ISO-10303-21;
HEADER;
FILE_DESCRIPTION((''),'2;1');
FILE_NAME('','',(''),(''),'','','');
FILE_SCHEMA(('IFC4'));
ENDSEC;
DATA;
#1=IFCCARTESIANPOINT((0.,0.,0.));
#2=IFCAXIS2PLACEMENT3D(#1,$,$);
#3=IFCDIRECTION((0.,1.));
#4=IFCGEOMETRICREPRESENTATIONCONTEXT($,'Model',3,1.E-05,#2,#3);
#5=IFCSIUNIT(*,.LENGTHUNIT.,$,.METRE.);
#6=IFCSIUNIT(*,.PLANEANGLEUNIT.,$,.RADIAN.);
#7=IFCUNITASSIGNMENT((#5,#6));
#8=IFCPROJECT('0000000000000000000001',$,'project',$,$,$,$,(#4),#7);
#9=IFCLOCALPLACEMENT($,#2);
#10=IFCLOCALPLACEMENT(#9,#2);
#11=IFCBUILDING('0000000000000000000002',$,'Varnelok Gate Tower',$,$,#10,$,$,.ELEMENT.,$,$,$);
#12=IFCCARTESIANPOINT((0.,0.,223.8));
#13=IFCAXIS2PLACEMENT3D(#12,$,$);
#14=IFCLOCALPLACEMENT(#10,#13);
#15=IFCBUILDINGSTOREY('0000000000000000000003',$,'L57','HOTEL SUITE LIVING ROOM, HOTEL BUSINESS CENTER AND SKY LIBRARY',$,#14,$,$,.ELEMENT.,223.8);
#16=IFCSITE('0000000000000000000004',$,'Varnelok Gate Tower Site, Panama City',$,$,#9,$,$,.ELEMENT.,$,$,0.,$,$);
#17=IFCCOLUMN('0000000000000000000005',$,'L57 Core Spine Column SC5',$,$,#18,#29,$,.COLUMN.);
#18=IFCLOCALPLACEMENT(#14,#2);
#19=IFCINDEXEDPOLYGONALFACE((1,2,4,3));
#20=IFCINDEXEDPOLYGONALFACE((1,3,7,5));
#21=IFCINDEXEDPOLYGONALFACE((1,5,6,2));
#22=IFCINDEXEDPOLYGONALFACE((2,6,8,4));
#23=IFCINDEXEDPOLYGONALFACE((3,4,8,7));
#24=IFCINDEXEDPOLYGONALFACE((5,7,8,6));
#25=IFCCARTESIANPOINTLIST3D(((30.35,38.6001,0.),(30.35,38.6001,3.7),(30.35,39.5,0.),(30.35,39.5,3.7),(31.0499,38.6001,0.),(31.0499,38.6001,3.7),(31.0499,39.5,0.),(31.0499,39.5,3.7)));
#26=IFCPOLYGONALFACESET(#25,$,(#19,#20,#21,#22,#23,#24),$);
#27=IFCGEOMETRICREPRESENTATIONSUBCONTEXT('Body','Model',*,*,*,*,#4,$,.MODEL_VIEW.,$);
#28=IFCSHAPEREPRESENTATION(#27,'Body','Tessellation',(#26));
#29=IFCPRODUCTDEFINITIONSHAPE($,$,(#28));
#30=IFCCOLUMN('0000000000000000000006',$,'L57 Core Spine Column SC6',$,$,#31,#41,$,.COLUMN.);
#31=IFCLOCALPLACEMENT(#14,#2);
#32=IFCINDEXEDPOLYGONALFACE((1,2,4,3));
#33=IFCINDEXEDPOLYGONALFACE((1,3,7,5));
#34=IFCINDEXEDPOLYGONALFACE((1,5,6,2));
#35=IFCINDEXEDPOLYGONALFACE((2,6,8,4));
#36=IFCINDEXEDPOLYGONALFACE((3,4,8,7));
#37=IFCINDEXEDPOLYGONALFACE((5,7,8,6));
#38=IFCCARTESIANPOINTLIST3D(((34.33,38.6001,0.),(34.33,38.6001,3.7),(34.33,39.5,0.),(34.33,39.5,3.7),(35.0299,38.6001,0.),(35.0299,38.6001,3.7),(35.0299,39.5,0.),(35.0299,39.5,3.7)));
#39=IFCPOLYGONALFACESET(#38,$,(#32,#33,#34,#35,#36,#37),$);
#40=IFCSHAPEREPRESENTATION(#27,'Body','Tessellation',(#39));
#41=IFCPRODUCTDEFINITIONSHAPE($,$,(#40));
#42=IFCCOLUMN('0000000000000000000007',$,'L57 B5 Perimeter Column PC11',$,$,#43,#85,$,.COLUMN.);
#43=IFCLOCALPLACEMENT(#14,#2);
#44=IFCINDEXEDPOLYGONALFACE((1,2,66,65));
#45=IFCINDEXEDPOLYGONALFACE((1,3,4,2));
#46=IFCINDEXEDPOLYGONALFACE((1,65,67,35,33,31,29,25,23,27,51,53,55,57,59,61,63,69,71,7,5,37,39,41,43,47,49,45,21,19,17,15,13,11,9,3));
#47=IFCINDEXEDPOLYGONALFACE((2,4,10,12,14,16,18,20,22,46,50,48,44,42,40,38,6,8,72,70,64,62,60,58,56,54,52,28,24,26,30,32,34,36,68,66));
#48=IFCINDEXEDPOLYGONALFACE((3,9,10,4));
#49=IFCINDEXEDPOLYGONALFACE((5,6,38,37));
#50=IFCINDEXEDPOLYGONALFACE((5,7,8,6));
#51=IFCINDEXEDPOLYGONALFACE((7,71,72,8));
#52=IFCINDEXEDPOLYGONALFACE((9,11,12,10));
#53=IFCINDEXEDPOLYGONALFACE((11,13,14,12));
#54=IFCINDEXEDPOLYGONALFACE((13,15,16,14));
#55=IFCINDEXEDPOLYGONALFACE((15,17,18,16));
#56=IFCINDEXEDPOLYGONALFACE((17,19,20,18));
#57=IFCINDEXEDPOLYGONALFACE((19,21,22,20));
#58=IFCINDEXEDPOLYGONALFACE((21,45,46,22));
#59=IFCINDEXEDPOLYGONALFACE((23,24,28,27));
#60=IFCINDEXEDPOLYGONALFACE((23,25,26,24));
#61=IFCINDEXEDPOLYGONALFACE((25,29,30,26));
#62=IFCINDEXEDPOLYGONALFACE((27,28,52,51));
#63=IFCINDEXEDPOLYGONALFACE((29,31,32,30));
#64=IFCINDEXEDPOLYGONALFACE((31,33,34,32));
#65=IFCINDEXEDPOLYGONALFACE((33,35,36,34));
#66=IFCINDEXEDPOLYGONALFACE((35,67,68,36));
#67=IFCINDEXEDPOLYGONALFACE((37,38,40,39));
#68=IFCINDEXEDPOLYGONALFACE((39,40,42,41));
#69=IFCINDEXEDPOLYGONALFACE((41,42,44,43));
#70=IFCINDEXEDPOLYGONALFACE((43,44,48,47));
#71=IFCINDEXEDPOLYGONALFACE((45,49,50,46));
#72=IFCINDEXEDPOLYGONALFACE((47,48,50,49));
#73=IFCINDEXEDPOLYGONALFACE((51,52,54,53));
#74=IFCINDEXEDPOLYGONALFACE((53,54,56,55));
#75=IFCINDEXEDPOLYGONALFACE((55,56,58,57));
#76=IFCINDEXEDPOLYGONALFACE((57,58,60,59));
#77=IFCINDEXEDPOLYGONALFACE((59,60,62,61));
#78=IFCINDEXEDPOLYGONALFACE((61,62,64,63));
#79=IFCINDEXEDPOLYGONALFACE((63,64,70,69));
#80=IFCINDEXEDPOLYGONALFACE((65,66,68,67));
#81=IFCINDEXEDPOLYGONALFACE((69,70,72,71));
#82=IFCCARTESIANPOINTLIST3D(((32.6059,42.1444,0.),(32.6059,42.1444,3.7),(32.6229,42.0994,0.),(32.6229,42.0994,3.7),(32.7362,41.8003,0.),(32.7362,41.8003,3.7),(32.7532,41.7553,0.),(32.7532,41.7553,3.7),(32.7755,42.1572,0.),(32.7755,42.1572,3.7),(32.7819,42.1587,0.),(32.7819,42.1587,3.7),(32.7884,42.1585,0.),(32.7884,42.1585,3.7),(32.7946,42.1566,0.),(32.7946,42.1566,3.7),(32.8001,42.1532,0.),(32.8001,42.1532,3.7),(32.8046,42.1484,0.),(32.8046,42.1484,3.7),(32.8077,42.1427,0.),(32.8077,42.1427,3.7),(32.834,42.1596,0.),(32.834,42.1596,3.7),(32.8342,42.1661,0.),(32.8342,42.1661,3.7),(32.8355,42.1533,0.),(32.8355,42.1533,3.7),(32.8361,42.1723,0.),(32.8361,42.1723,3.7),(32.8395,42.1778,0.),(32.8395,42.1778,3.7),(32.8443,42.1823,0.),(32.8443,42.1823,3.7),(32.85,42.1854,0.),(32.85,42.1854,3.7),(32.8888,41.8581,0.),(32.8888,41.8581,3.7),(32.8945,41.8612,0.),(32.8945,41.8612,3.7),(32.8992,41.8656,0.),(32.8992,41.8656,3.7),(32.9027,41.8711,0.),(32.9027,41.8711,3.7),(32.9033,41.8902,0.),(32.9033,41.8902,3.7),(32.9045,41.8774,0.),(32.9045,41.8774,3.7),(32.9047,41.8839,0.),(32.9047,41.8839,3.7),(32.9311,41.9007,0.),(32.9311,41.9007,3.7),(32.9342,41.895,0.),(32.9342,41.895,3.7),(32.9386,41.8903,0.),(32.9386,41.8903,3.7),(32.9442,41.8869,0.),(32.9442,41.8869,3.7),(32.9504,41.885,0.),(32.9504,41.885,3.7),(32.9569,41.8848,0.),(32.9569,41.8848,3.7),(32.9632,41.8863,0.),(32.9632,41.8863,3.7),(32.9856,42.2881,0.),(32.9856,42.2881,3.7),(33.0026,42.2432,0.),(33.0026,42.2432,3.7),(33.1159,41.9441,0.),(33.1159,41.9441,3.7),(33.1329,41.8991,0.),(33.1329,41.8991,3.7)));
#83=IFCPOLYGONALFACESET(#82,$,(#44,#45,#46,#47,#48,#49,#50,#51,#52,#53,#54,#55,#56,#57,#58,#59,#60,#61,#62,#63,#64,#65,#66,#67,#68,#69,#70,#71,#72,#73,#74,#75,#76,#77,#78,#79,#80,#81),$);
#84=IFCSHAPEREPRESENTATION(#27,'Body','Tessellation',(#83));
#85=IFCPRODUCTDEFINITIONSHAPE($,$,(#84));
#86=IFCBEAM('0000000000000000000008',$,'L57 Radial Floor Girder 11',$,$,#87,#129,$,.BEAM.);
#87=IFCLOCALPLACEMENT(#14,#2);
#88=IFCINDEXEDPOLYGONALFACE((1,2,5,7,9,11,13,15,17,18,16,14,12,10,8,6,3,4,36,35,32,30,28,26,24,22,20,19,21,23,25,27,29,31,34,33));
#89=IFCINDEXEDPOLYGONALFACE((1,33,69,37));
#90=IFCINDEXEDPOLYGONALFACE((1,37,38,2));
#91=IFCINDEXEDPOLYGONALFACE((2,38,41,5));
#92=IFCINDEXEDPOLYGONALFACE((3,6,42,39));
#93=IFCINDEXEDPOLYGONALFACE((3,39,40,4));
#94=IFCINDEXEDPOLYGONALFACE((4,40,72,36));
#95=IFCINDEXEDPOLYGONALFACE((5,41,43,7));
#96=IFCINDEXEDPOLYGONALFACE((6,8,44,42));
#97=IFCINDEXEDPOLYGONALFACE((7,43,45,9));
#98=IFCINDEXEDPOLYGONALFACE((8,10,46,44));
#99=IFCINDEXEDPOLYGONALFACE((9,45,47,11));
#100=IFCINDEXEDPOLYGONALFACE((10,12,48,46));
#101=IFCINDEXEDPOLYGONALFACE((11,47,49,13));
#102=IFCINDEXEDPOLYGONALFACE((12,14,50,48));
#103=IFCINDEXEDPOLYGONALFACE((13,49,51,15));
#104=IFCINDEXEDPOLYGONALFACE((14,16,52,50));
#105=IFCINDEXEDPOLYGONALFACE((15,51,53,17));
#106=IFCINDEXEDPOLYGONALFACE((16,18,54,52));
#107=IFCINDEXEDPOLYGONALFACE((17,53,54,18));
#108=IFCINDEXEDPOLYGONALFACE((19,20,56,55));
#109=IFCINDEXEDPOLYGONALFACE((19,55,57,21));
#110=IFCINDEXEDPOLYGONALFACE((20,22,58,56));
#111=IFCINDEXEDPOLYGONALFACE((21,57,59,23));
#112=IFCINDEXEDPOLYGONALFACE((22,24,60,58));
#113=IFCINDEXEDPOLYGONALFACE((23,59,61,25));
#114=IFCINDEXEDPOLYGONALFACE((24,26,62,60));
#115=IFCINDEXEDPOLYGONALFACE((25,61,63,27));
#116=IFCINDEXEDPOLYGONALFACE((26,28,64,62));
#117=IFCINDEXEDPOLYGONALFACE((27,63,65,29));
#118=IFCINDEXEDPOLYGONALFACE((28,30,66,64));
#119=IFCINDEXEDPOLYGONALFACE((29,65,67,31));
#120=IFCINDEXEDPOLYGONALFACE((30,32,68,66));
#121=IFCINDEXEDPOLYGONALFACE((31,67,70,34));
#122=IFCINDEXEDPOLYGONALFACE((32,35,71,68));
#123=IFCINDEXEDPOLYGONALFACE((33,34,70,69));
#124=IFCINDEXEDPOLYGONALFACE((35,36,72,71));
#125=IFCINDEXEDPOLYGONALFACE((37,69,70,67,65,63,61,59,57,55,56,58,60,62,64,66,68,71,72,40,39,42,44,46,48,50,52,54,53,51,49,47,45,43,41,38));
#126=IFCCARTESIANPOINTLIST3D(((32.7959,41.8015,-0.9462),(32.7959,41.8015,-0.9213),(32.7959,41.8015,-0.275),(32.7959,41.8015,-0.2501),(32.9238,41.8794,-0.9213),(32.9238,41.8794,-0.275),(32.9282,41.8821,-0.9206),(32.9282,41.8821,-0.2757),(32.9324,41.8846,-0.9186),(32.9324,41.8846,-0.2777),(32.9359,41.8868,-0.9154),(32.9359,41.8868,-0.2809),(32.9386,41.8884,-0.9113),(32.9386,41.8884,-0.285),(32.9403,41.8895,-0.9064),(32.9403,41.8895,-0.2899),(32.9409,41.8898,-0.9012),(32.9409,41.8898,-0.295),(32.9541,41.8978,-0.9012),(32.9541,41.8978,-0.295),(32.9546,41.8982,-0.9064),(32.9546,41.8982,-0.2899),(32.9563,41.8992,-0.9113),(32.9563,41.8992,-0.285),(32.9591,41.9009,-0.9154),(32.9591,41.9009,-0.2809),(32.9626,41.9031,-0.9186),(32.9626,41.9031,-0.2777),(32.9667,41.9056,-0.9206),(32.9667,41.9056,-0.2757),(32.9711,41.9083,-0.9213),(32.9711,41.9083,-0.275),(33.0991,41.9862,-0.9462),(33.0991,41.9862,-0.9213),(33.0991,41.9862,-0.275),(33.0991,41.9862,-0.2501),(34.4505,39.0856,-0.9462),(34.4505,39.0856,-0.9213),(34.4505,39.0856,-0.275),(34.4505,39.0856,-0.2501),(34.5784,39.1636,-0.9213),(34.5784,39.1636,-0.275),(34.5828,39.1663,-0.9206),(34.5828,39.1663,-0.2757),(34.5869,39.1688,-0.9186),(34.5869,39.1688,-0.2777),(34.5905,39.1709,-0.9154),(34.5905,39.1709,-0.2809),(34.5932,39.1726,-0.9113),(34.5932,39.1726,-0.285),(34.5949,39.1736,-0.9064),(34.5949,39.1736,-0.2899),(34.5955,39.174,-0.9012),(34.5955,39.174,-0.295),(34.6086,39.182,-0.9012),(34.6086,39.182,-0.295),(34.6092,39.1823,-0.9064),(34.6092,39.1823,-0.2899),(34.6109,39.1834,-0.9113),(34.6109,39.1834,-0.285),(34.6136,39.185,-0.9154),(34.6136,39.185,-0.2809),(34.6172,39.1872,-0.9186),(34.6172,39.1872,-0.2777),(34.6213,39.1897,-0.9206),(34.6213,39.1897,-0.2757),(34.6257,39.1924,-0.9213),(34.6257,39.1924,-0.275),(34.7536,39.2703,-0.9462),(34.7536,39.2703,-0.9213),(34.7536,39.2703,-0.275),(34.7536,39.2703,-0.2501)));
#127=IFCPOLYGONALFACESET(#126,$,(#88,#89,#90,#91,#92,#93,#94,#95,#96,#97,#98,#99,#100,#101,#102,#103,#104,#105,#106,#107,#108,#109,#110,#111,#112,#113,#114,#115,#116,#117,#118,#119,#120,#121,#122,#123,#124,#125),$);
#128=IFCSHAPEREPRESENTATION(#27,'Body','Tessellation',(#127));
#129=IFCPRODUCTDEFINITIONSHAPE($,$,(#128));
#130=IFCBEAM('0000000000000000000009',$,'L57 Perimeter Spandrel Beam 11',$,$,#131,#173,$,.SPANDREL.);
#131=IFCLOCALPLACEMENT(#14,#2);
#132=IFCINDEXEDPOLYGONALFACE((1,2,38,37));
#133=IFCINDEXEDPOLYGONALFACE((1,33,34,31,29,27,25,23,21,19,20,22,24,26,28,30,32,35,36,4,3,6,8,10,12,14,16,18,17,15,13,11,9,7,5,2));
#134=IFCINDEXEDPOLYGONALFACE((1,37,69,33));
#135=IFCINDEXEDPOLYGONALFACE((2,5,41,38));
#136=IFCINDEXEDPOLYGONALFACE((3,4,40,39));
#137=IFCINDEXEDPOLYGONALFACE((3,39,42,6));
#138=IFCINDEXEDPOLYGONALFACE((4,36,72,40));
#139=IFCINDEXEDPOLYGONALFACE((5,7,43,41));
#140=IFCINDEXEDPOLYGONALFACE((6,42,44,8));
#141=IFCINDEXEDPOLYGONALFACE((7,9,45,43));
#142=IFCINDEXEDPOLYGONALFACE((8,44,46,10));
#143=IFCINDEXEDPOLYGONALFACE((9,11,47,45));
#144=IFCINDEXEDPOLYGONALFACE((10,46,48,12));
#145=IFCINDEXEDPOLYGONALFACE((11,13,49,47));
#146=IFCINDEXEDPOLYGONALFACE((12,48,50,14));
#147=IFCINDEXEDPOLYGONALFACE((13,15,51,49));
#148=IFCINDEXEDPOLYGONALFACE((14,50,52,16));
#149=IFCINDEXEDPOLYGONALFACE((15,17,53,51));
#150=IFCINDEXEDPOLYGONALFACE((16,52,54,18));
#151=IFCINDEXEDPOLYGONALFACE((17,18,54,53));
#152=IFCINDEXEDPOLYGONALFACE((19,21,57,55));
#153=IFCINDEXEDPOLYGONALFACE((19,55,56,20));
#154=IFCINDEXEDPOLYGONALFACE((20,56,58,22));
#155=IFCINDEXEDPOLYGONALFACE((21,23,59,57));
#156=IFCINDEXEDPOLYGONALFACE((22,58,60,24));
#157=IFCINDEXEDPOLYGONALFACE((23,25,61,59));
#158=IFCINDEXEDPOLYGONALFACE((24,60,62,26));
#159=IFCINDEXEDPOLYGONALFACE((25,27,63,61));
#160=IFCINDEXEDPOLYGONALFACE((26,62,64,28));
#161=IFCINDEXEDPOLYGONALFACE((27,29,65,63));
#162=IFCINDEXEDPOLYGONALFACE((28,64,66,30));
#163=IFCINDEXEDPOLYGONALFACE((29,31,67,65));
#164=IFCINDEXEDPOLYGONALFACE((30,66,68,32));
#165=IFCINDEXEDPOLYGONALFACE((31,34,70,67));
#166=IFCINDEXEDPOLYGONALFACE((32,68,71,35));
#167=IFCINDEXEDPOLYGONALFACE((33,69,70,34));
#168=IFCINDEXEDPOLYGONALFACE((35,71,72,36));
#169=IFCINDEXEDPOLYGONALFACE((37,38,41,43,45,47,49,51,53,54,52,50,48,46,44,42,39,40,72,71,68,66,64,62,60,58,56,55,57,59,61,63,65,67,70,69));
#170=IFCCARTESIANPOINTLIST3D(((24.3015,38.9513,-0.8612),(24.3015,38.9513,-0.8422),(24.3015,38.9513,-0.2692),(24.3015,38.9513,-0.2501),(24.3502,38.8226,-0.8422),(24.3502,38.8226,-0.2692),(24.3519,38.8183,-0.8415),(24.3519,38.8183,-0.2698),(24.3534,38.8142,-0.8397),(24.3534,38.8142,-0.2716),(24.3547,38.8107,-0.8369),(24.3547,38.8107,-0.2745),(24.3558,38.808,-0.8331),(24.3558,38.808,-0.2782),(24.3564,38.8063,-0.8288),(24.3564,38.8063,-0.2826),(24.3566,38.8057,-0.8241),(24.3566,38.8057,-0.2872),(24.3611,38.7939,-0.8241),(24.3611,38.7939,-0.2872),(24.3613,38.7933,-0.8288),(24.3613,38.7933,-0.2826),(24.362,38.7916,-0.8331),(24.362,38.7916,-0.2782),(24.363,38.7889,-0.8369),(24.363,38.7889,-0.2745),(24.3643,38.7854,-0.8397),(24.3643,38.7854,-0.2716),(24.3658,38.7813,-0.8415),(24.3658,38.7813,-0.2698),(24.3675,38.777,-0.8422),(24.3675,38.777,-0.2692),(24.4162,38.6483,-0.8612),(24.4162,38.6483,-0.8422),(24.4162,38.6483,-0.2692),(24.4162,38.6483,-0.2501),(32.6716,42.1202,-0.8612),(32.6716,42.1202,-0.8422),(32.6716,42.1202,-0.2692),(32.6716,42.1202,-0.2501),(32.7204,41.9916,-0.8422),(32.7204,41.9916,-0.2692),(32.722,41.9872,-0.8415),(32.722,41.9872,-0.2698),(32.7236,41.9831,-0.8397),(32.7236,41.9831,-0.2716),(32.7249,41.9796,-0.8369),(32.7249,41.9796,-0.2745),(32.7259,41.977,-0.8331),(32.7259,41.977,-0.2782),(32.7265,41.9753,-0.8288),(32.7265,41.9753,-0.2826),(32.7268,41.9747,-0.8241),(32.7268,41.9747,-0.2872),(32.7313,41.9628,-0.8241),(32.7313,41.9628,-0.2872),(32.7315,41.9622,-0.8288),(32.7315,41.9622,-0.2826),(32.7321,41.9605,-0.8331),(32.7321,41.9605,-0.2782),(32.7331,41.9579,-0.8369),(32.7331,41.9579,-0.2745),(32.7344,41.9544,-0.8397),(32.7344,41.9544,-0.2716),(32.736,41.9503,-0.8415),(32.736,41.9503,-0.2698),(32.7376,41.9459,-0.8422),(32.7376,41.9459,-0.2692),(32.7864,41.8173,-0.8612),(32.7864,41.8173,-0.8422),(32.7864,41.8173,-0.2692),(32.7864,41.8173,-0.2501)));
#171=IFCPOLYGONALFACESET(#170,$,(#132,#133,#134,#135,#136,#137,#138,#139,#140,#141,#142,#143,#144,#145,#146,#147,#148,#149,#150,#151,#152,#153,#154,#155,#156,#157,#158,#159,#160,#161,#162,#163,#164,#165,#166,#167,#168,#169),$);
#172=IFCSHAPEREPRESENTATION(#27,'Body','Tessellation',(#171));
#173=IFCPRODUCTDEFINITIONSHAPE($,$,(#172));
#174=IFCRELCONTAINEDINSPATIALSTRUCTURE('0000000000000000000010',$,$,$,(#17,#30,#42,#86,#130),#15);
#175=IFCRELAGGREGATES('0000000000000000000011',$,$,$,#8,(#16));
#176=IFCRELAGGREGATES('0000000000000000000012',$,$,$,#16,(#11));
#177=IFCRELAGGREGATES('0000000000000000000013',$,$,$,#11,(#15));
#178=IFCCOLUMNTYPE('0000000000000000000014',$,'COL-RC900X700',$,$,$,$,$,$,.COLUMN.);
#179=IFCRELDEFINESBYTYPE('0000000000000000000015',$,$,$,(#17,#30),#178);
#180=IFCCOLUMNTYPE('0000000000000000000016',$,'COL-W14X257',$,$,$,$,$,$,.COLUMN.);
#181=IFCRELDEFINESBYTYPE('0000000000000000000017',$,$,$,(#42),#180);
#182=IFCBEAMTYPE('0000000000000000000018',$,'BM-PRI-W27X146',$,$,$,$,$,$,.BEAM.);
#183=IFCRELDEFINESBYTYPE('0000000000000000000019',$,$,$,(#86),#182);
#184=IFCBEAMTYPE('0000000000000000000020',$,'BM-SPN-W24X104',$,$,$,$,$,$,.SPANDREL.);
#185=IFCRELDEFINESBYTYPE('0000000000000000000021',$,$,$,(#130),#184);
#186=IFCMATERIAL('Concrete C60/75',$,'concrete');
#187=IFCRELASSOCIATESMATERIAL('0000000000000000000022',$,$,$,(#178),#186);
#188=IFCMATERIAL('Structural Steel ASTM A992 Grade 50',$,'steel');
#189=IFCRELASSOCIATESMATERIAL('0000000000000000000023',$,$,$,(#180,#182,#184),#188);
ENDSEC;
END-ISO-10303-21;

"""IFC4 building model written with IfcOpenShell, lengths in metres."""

from ifc_helpers import new_model, si_unit, direction, frame, origin, origin_2d, place, context, subcontext, project, spatial, rectangle, i_section, extrude, material, material_profile, profile_set, type_object, element, save


model = new_model("IFC4")

# Units and contexts
model_context = context("Model", 3, precision=1e-05, world=origin(), true_north=direction((0.0, 1.0)))
body_context = subcontext(model_context, "Body", "Model", "MODEL_VIEW")
ifc_project = project(units=[si_unit("LENGTHUNIT", "METRE"), si_unit("PLANEANGLEUNIT", "RADIAN")], contexts=[model_context])

# Site, building, storey
site_placement = place(None, origin())
site = spatial("IfcSite", under=ifc_project, at=site_placement, Name="Varnelok Gate Tower Site, Panama City", CompositionType="ELEMENT", RefElevation=0.0)
building_placement = place(site_placement, origin())
building = spatial("IfcBuilding", under=site, at=building_placement, Name="Varnelok Gate Tower", CompositionType="ELEMENT")
storey_placement = place(building_placement, frame((0.0, 0.0, 223.8)))
storey = spatial("IfcBuildingStorey", under=building, at=storey_placement, Name="L57", Description="HOTEL SUITE LIVING ROOM, HOTEL BUSINESS CENTER AND SKY LIBRARY", CompositionType="ELEMENT", Elevation=223.8)

# Columns
ifc_material_1 = material(Name="Concrete C60/75", Category="concrete")
ifc_material_profile_1 = material_profile(ifc_material_1, rectangle(XDim=0.7, YDim=0.8999, at=origin_2d()), Name="RC900X700")
ifc_profile_set_1 = profile_set([ifc_material_profile_1], Name="Concrete C60/75")
column_type_1 = type_object("IfcColumnType", Name="COL-RC900X700", PredefinedType="COLUMN", material=ifc_profile_set_1)
for number, where, z_axis, x_axis, name in (
    (1, (30.7, 39.05, 0.0), (0.0, 0.0, 1.0), (1.0, 0.0, 0.0), "L57 Core Spine Column SC5"),
    (2, (34.6799, 39.05, 0.0), (0.0, 0.0, 1.0), (1.0, 0.0, 0.0), "L57 Core Spine Column SC6"),
):
    element("IfcColumn", number, at=place(storey_placement, frame(where, z_axis=z_axis, x_axis=x_axis)), inside=storey, type_object=column_type_1, Name=name, PredefinedType="COLUMN", context=body_context, shape_type="SweptSolid", body=[
        extrude(rectangle(XDim=0.7, YDim=0.8999, at=origin_2d()), origin(), (0.0, 0.0, 1.0), 3.7),
    ])
ifc_material_2 = material(Name="Structural Steel ASTM A992 Grade 50", Category="steel")
ifc_material_profile_2 = material_profile(ifc_material_2, i_section(OverallWidth=0.406, OverallDepth=0.416, WebThickness=0.0298, FlangeThickness=0.0481, FilletRadius=0.0249, at=origin_2d()), Name="W14X257")
ifc_profile_set_2 = profile_set([ifc_material_profile_2], Name="Structural Steel ASTM A992 Grade 50")
column_type_2 = type_object("IfcColumnType", Name="COL-W14X257", PredefinedType="COLUMN", material=ifc_profile_set_2)
column_placement = place(storey_placement, frame((32.8694, 42.0217, 0.0), z_axis=(0.0, 0.0, 1.0), x_axis=(0.935222, 0.354063, 0.0)))
element("IfcColumn", 3, at=column_placement, inside=storey, type_object=column_type_2, Name="L57 B5 Perimeter Column PC11", PredefinedType="COLUMN", context=body_context, shape_type="SweptSolid", body=[
    extrude(i_section(OverallWidth=0.406, OverallDepth=0.416, WebThickness=0.0298, FlangeThickness=0.0481, FilletRadius=0.0249, at=origin_2d()), origin(), (0.0, 0.0, 1.0), 3.7),
])

# Beams
ifc_material_profile_3 = material_profile(ifc_material_2, i_section(OverallWidth=0.355, OverallDepth=0.696, WebThickness=0.0154, FlangeThickness=0.0249, FilletRadius=0.02, at=origin_2d()), Name="W27X146")
ifc_profile_set_3 = profile_set([ifc_material_profile_3], Name="Structural Steel ASTM A992 Grade 50")
beam_type_1 = type_object("IfcBeamType", Name="BM-PRI-W27X146", PredefinedType="BEAM", material=ifc_profile_set_3)
beam_1_placement = place(storey_placement, frame((34.6021, 39.178, -0.5981), z_axis=(-0.520276, 0.853998, 0.0), x_axis=(-0.853998, -0.520276, 0.0)))
element("IfcBeam", 4, at=beam_1_placement, inside=storey, type_object=beam_type_1, Name="L57 Radial Floor Girder 11", PredefinedType="BEAM", context=body_context, shape_type="SweptSolid", body=[
    extrude(i_section(OverallWidth=0.355, OverallDepth=0.696, WebThickness=0.0154, FlangeThickness=0.0249, FilletRadius=0.02, at=origin_2d()), origin(), (0.0, 0.0, 1.0), 3.1802),
])
ifc_material_profile_4 = material_profile(ifc_material_2, i_section(OverallWidth=0.324, OverallDepth=0.6111, WebThickness=0.0127, FlangeThickness=0.019, FilletRadius=0.0181, at=origin_2d()), Name="W24X104")
ifc_profile_set_4 = profile_set([ifc_material_profile_4], Name="Structural Steel ASTM A992 Grade 50")
beam_type_2 = type_object("IfcBeamType", Name="BM-SPN-W24X104", PredefinedType="SPANDREL", material=ifc_profile_set_4)
beam_2_placement = place(storey_placement, frame((32.729, 41.9688, -0.5557), z_axis=(-0.935217, -0.354075, 0.0), x_axis=(0.354075, -0.935217, 0.0)))
element("IfcBeam", 5, at=beam_2_placement, inside=storey, type_object=beam_type_2, Name="L57 Perimeter Spandrel Beam 11", PredefinedType="SPANDREL", context=body_context, shape_type="SweptSolid", body=[
    extrude(i_section(OverallWidth=0.324, OverallDepth=0.6111, WebThickness=0.0127, FlangeThickness=0.019, FilletRadius=0.0181, at=origin_2d()), origin(), (0.0, 0.0, 1.0), 8.95),
])

save(model, "model.ifc")
